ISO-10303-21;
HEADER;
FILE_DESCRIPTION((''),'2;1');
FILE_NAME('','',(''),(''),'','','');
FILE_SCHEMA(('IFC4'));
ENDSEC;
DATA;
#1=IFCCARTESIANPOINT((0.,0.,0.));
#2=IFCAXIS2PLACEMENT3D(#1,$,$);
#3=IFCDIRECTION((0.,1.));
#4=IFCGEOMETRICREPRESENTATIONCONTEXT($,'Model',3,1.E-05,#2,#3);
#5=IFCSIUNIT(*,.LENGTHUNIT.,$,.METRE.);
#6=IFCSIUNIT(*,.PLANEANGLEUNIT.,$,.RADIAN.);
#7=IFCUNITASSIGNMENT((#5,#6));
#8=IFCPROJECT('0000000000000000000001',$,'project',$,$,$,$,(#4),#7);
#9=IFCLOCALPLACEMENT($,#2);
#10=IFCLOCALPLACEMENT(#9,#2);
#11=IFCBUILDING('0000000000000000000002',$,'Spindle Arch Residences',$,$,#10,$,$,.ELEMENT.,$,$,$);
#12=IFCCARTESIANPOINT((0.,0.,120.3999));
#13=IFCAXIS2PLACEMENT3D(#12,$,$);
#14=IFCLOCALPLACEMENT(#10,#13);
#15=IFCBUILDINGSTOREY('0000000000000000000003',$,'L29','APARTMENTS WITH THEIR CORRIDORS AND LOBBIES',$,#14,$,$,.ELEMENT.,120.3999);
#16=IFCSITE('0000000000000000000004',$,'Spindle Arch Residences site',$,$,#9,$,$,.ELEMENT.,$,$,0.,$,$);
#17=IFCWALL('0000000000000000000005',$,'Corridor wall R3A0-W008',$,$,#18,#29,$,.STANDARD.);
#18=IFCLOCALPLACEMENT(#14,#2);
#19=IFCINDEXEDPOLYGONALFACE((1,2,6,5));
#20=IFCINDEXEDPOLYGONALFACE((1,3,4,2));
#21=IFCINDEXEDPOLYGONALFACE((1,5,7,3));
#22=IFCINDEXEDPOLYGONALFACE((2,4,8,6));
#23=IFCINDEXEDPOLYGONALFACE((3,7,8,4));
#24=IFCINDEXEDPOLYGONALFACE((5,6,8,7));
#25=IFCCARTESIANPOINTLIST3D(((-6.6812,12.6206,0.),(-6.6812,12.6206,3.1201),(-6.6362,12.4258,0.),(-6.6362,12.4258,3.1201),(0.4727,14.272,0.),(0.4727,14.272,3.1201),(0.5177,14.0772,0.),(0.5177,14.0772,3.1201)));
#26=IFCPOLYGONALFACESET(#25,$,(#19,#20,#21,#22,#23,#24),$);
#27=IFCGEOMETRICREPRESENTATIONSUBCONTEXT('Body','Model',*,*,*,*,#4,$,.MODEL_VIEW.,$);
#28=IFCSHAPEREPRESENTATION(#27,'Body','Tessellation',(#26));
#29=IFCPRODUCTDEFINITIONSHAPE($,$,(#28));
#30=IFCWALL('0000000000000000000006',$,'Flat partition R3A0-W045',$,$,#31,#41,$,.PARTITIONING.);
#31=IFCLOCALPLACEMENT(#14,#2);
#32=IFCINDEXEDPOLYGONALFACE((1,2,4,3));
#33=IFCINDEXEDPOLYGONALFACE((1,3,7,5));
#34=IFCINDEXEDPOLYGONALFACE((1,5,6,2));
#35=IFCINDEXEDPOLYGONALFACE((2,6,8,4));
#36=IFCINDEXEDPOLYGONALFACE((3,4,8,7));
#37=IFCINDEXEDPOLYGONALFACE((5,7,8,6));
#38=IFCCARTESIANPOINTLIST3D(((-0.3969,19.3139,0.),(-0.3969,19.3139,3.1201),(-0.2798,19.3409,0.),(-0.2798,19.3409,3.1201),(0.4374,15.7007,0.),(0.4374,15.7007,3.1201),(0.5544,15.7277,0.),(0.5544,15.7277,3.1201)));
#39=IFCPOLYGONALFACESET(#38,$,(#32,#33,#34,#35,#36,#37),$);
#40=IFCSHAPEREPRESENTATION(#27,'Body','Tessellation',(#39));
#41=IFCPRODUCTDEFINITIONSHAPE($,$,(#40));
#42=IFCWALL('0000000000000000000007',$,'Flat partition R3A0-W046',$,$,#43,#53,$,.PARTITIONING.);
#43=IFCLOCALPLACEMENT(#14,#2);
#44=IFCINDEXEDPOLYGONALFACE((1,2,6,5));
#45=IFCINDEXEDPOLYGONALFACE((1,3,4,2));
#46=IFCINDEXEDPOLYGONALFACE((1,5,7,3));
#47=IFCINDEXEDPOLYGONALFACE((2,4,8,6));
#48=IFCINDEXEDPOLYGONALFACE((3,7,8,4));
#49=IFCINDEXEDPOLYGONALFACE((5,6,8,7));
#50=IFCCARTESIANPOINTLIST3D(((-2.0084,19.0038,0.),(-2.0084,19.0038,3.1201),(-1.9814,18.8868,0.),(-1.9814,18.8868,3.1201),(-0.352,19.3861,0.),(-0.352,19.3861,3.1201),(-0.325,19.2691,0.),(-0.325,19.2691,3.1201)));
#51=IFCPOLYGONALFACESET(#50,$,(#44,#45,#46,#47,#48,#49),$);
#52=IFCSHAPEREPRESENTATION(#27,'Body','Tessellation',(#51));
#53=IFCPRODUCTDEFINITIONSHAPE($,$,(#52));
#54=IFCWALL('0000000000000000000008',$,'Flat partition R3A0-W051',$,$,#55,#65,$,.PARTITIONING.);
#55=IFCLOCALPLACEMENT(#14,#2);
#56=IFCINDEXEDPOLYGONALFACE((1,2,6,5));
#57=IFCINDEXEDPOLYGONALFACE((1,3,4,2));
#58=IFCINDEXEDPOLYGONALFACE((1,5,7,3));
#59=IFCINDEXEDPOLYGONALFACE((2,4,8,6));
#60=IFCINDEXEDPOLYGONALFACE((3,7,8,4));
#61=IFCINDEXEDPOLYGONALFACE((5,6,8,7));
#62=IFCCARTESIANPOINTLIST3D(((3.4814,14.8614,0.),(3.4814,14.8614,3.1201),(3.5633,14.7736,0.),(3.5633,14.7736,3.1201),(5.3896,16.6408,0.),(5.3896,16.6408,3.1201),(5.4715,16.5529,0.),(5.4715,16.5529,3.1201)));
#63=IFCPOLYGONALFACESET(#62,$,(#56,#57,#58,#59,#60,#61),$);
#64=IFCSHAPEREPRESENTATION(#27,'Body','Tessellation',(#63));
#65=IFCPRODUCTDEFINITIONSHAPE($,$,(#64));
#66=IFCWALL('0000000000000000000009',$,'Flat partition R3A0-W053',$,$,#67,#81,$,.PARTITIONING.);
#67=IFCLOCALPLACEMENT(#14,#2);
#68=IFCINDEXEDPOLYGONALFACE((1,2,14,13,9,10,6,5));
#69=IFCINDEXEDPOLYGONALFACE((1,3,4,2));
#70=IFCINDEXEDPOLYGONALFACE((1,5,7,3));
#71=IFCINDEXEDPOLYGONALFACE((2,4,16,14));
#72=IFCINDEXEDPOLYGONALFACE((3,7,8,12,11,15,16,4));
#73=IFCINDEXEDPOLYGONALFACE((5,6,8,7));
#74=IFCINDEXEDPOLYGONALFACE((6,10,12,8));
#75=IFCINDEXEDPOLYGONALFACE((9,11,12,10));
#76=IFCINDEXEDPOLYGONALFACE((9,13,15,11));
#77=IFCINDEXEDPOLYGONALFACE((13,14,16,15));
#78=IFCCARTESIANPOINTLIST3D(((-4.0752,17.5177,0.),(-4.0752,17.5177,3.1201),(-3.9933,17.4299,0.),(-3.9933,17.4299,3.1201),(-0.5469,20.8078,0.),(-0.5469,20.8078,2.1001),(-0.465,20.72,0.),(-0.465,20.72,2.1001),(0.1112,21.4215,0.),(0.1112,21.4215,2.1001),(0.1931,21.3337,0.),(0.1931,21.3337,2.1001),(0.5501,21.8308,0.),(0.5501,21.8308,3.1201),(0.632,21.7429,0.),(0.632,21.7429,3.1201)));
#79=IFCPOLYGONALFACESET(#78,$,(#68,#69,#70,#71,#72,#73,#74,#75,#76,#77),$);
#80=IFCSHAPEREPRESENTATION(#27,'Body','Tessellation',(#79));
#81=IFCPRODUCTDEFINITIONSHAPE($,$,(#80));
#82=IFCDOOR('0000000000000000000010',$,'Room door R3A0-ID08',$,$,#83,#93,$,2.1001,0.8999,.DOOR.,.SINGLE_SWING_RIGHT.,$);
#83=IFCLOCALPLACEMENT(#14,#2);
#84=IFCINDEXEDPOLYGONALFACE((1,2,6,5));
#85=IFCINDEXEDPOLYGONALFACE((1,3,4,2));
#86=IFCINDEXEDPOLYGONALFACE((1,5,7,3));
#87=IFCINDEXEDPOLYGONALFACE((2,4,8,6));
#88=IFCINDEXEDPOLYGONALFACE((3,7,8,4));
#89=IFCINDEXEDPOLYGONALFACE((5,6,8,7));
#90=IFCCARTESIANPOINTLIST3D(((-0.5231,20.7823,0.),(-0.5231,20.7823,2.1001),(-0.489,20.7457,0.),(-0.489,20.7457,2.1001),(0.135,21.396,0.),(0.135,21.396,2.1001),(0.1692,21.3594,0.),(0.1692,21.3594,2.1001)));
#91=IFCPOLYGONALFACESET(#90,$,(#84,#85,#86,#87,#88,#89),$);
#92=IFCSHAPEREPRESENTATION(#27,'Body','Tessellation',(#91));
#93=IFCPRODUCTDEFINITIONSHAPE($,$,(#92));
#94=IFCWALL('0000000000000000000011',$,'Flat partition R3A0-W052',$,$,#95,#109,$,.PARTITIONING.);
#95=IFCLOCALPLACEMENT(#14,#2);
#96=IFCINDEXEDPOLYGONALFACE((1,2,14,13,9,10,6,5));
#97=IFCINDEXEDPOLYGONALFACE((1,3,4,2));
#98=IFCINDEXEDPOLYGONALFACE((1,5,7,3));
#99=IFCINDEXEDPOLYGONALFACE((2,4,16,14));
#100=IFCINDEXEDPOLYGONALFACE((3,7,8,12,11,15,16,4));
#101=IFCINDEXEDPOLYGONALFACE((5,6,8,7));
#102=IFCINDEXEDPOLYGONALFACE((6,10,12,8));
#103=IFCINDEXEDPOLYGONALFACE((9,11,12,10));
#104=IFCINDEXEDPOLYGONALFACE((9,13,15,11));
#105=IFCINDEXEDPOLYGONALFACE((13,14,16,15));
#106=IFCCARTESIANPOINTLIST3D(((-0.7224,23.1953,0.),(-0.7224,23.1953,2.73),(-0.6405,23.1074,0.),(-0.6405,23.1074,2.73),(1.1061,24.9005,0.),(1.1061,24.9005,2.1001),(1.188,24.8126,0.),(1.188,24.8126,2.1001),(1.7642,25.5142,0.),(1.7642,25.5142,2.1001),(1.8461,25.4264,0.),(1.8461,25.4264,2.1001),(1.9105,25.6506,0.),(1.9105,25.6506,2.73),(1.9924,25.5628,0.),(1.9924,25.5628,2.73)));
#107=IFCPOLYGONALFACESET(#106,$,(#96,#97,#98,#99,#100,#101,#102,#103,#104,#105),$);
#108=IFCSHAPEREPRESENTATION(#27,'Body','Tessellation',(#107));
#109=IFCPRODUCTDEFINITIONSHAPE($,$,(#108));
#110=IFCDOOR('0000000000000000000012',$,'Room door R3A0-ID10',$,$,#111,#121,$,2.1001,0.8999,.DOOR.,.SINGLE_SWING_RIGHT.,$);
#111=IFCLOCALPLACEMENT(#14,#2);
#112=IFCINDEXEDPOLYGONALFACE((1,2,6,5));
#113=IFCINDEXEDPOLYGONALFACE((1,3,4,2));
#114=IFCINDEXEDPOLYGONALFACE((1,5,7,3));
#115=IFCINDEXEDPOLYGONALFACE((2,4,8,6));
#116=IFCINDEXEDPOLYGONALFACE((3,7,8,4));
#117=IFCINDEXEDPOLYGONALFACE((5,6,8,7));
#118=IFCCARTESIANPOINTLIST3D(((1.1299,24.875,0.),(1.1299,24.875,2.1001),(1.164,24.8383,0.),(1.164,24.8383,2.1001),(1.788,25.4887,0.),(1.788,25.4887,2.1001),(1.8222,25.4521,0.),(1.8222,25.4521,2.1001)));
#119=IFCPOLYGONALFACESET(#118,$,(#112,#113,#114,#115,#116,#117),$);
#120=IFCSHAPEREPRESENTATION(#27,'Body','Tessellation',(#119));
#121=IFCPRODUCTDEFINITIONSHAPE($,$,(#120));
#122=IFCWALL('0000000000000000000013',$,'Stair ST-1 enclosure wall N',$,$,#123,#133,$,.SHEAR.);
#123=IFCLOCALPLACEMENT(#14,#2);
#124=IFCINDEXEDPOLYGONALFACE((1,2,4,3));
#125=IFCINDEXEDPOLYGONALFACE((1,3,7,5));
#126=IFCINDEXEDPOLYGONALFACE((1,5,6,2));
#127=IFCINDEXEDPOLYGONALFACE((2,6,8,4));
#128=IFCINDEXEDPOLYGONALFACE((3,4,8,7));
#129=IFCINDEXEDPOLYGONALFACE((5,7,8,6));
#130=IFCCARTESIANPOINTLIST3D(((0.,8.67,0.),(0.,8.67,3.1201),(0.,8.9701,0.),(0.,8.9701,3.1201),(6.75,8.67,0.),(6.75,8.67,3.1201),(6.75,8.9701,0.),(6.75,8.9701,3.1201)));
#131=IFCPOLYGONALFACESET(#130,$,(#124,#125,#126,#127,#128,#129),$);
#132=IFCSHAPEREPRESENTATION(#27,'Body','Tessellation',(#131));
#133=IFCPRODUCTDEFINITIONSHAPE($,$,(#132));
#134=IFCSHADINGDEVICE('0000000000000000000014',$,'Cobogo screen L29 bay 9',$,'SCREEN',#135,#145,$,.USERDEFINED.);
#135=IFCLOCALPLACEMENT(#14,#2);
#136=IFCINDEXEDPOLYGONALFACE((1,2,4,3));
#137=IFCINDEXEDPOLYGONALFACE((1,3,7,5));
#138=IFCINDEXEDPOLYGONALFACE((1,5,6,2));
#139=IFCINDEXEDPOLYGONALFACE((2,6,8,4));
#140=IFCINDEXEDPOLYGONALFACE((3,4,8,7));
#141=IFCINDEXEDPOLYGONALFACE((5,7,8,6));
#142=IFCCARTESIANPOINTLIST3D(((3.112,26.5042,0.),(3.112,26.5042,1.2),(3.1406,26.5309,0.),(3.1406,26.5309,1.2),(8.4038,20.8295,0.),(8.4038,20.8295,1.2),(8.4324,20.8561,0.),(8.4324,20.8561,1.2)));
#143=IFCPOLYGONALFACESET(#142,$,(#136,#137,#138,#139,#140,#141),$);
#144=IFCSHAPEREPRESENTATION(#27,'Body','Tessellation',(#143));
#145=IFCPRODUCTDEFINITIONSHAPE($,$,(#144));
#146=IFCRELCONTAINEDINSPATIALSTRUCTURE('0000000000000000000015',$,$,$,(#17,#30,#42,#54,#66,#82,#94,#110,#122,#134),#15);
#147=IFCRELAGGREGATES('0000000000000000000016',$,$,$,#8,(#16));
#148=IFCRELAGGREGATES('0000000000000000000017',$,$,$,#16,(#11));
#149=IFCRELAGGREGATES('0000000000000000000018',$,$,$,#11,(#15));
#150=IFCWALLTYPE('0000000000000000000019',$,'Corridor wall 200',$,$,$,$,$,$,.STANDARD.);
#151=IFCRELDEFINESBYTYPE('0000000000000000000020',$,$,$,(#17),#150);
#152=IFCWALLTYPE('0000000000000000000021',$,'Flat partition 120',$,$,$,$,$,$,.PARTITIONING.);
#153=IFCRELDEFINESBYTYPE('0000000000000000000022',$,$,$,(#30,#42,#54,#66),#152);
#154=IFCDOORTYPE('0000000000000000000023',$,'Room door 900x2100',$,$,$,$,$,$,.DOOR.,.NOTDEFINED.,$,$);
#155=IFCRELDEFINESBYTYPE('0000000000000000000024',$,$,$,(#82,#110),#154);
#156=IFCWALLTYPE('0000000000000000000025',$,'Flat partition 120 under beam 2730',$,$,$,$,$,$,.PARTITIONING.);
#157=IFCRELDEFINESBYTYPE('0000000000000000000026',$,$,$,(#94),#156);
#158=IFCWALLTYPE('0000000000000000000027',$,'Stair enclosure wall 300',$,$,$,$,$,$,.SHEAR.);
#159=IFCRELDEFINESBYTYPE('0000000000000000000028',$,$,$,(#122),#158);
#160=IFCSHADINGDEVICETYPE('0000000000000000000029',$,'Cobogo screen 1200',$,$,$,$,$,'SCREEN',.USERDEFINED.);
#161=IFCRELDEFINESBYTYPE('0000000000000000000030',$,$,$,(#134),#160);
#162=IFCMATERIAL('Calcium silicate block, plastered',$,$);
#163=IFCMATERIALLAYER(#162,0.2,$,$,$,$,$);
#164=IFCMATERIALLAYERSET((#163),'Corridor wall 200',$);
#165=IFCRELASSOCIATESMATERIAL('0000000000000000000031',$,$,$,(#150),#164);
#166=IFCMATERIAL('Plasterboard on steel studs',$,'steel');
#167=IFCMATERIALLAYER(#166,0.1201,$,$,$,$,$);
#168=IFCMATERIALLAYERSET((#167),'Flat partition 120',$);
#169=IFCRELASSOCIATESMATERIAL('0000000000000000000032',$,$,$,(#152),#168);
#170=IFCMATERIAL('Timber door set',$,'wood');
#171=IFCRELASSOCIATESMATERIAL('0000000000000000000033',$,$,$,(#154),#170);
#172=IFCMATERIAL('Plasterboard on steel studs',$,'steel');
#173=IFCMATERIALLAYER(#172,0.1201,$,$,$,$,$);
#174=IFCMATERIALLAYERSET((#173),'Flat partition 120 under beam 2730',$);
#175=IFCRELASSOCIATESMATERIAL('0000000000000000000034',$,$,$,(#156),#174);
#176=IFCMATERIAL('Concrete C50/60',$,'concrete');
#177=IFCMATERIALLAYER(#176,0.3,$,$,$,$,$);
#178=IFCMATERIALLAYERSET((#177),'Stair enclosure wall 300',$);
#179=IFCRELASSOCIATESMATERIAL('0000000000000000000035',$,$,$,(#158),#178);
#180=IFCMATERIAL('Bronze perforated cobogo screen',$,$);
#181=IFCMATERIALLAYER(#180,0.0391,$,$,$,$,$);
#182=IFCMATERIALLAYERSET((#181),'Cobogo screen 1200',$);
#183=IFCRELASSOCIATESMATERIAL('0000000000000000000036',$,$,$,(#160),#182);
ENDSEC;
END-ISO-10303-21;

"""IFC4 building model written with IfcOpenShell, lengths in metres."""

from ifc_helpers import new_model, si_unit, direction, frame, frame_2d, origin, origin_2d, place, context, subcontext, project, spatial, rectangle, extrude, material, layer, layer_set, type_object, element, fill, save


model = new_model("IFC4")

# Units and contexts
model_context = context("Model", 3, precision=1e-05, world=origin(), true_north=direction((0.0, 1.0)))
body_context = subcontext(model_context, "Body", "Model", "MODEL_VIEW")
ifc_project = project(units=[si_unit("LENGTHUNIT", "METRE"), si_unit("PLANEANGLEUNIT", "RADIAN")], contexts=[model_context])

# Site, building, storey
site_placement = place(None, origin())
site = spatial("IfcSite", under=ifc_project, at=site_placement, Name="Spindle Arch Residences site", CompositionType="ELEMENT", RefElevation=0.0)
building_placement = place(site_placement, origin())
building = spatial("IfcBuilding", under=site, at=building_placement, Name="Spindle Arch Residences", CompositionType="ELEMENT")
storey_placement = place(building_placement, frame((0.0, 0.0, 120.3999)))
storey = spatial("IfcBuildingStorey", under=building, at=storey_placement, Name="L29", Description="APARTMENTS WITH THEIR CORRIDORS AND LOBBIES", CompositionType="ELEMENT", Elevation=120.3999)

# Walls
ifc_material_1 = material(Name="Calcium silicate block, plastered")
ifc_layer_1 = layer(ifc_material_1, 0.2)
ifc_layer_set_1 = layer_set([ifc_layer_1], Name="Corridor wall 200")
wall_type_1 = type_object("IfcWallType", Name="Corridor wall 200", PredefinedType="STANDARD", material=ifc_layer_set_1)
wall_1_placement = place(storey_placement, frame((0.4951, 14.1746, 0.0), z_axis=(0.0, 0.0, 1.0), x_axis=(-0.974377, -0.224923, 0.0)))
element("IfcWall", 1, at=wall_1_placement, inside=storey, type_object=wall_type_1, Name="Corridor wall R3A0-W008", PredefinedType="STANDARD", context=body_context, shape_type="SweptSolid", body=[
    extrude(rectangle(XDim=7.342, YDim=0.2, at=frame_2d((3.6709, 0.0))), origin(), (0.0, 0.0, 1.0), 3.1201),
])
ifc_material_2 = material(Name="Plasterboard on steel studs", Category="steel")
ifc_layer_2 = layer(ifc_material_2, 0.1201)
ifc_layer_set_2 = layer_set([ifc_layer_2], Name="Flat partition 120")
wall_type_2 = type_object("IfcWallType", Name="Flat partition 120", PredefinedType="PARTITIONING", material=ifc_layer_set_2)
wall_2_placement = place(storey_placement, frame((0.4958, 15.7144, 0.0), z_axis=(0.0, 0.0, 1.0), x_axis=(-0.22496, 0.974368, 0.0)))
element("IfcWall", 2, at=wall_2_placement, inside=storey, type_object=wall_type_2, Name="Flat partition R3A0-W045", PredefinedType="PARTITIONING", context=body_context, shape_type="SweptSolid", body=[
    extrude(rectangle(XDim=3.7083, YDim=0.1201, at=frame_2d((1.854, 0.0))), origin(), (0.0, 0.0, 1.0), 3.1201),
])
wall_3_placement = place(storey_placement, frame((-0.3384, 19.3276, 0.0), z_axis=(0.0, 0.0, 1.0), x_axis=(-0.974384, -0.224891, 0.0)))
element("IfcWall", 3, at=wall_3_placement, inside=storey, type_object=wall_type_2, Name="Flat partition R3A0-W046", PredefinedType="PARTITIONING", context=body_context, shape_type="SweptSolid", body=[
    extrude(rectangle(XDim=1.7, YDim=0.1201, at=frame_2d((0.8501, 0.0))), origin(), (0.0, 0.0, 1.0), 3.1201),
])
wall_4_placement = place(storey_placement, frame((5.4307, 16.5969, 0.0), z_axis=(0.0, 0.0, 1.0), x_axis=(-0.731379, -0.681971, 0.0)))
element("IfcWall", 4, at=wall_4_placement, inside=storey, type_object=wall_type_2, Name="Flat partition R3A0-W051", PredefinedType="PARTITIONING", context=body_context, shape_type="SweptSolid", body=[
    extrude(rectangle(XDim=2.6091, YDim=0.1201, at=frame_2d((1.3047, 0.0))), origin(), (0.0, 0.0, 1.0), 3.1201),
])

# Walls, openings, doors
wall_5_placement = place(storey_placement, frame((0.5911, 21.7869, 0.0), z_axis=(0.0, 0.0, 1.0), x_axis=(-0.731363, -0.681988, 0.0)))
wall_5 = element("IfcWall", 5, at=wall_5_placement, inside=storey, type_object=wall_type_2, Name="Flat partition R3A0-W053", PredefinedType="PARTITIONING", context=body_context, shape_type="SweptSolid", body=[
    extrude(rectangle(XDim=6.3242, YDim=0.1201, at=frame_2d((3.1621, 0.0))), origin(), (0.0, 0.0, 1.0), 3.1201),
])
opening_1_placement = place(wall_5_placement, frame((0.6001, 0.0, 0.0)))
opening_1 = element("IfcOpeningElement", 6, at=opening_1_placement, cuts=wall_5, PredefinedType="OPENING", context=body_context, shape_type="SweptSolid", body=[
    extrude(rectangle(XDim=0.8999, YDim=2.1001, at=frame_2d((0.45, 1.05))), frame((0.0, 0.0701, 0.0), z_axis=(0.0, -1.0, 0.0), x_axis=(1.0, 0.0, 0.0)), (0.0, 0.0, 1.0), 0.1401),
])
ifc_material_3 = material(Name="Timber door set", Category="wood")
door_type_1 = type_object("IfcDoorType", Name="Room door 900x2100", OperationType="NOTDEFINED", PredefinedType="DOOR", material=ifc_material_3)
door_1_placement = place(opening_1_placement, origin())
door_1 = element("IfcDoor", 7, at=door_1_placement, inside=storey, type_object=door_type_1, Name="Room door R3A0-ID08", OperationType="SINGLE_SWING_RIGHT", OverallHeight=2.1001, OverallWidth=0.8999, PredefinedType="DOOR", context=body_context, shape_type="SweptSolid", body=[
    extrude(rectangle(XDim=0.8999, YDim=2.1001, at=frame_2d((0.45, 1.05))), frame((0.0, 0.0249, 0.0), z_axis=(0.0, -1.0, 0.0), x_axis=(1.0, 0.0, 0.0)), (0.0, 0.0, 1.0), 0.05),
])
fill(opening_1, door_1)
ifc_material_4 = material(Name="Plasterboard on steel studs", Category="steel")
ifc_layer_3 = layer(ifc_material_4, 0.1201)
ifc_layer_set_3 = layer_set([ifc_layer_3], Name="Flat partition 120 under beam 2730")
wall_type_3 = type_object("IfcWallType", Name="Flat partition 120 under beam 2730", PredefinedType="PARTITIONING", material=ifc_layer_set_3)
wall_6_placement = place(storey_placement, frame((1.9514, 25.6067, 0.0), z_axis=(0.0, 0.0, 1.0), x_axis=(-0.731328, -0.682026, 0.0)))
wall_6 = element("IfcWall", 8, at=wall_6_placement, inside=storey, type_object=wall_type_3, Name="Flat partition R3A0-W052", PredefinedType="PARTITIONING", context=body_context, shape_type="SweptSolid", body=[
    extrude(rectangle(XDim=3.6001, YDim=0.1201, at=frame_2d((1.8, 0.0))), origin(), (0.0, 0.0, 1.0), 2.73),
])
opening_2_placement = place(wall_6_placement, frame((0.2, 0.0, 0.0)))
opening_2 = element("IfcOpeningElement", 9, at=opening_2_placement, cuts=wall_6, PredefinedType="OPENING", context=body_context, shape_type="SweptSolid", body=[
    extrude(rectangle(XDim=0.8999, YDim=2.1001, at=frame_2d((0.45, 1.05))), frame((0.0, 0.0701, 0.0), z_axis=(0.0, -1.0, 0.0), x_axis=(1.0, 0.0, 0.0)), (0.0, 0.0, 1.0), 0.1401),
])
door_2_placement = place(opening_2_placement, origin())
door_2 = element("IfcDoor", 10, at=door_2_placement, inside=storey, type_object=door_type_1, Name="Room door R3A0-ID10", OperationType="SINGLE_SWING_RIGHT", OverallHeight=2.1001, OverallWidth=0.8999, PredefinedType="DOOR", context=body_context, shape_type="SweptSolid", body=[
    extrude(rectangle(XDim=0.8999, YDim=2.1001, at=frame_2d((0.45, 1.05))), frame((0.0, 0.0249, 0.0), z_axis=(0.0, -1.0, 0.0), x_axis=(1.0, 0.0, 0.0)), (0.0, 0.0, 1.0), 0.05),
])
fill(opening_2, door_2)

# Wall
ifc_material_5 = material(Name="Concrete C50/60", Category="concrete")
ifc_layer_4 = layer(ifc_material_5, 0.3)
ifc_layer_set_4 = layer_set([ifc_layer_4], Name="Stair enclosure wall 300")
wall_type_4 = type_object("IfcWallType", Name="Stair enclosure wall 300", PredefinedType="SHEAR", material=ifc_layer_set_4)
wall_7_placement = place(storey_placement, frame((0.0, 8.8201, 0.0), z_axis=(0.0, 0.0, 1.0), x_axis=(1.0, 0.0, 0.0)))
element("IfcWall", 11, at=wall_7_placement, inside=storey, type_object=wall_type_4, Name="Stair ST-1 enclosure wall N", PredefinedType="SHEAR", context=body_context, shape_type="SweptSolid", body=[
    extrude(rectangle(XDim=6.75, YDim=0.3, at=frame_2d((3.375, 0.0))), origin(), (0.0, 0.0, 1.0), 3.1201),
])

# Shading device
ifc_material_6 = material(Name="Bronze perforated cobogo screen")
ifc_layer_5 = layer(ifc_material_6, 0.0391)
ifc_layer_set_5 = layer_set([ifc_layer_5], Name="Cobogo screen 1200")
shading_device_type = type_object("IfcShadingDeviceType", Name="Cobogo screen 1200", ElementType="SCREEN", PredefinedType="USERDEFINED", material=ifc_layer_set_5)
shading_device_placement = place(storey_placement, frame((5.7722, 23.6802, 0.0), z_axis=(0.0, 0.0, 1.0), x_axis=(-0.681998, 0.731354, 0.0)))
element("IfcShadingDevice", 12, at=shading_device_placement, inside=storey, type_object=shading_device_type, Name="Cobogo screen L29 bay 9", ObjectType="SCREEN", PredefinedType="USERDEFINED", context=body_context, shape_type="SweptSolid", body=[
    extrude(rectangle(XDim=7.7593, YDim=0.0391, at=origin_2d()), origin(), (0.0, 0.0, 1.0), 1.2),
])

save(model, "model.ifc")
